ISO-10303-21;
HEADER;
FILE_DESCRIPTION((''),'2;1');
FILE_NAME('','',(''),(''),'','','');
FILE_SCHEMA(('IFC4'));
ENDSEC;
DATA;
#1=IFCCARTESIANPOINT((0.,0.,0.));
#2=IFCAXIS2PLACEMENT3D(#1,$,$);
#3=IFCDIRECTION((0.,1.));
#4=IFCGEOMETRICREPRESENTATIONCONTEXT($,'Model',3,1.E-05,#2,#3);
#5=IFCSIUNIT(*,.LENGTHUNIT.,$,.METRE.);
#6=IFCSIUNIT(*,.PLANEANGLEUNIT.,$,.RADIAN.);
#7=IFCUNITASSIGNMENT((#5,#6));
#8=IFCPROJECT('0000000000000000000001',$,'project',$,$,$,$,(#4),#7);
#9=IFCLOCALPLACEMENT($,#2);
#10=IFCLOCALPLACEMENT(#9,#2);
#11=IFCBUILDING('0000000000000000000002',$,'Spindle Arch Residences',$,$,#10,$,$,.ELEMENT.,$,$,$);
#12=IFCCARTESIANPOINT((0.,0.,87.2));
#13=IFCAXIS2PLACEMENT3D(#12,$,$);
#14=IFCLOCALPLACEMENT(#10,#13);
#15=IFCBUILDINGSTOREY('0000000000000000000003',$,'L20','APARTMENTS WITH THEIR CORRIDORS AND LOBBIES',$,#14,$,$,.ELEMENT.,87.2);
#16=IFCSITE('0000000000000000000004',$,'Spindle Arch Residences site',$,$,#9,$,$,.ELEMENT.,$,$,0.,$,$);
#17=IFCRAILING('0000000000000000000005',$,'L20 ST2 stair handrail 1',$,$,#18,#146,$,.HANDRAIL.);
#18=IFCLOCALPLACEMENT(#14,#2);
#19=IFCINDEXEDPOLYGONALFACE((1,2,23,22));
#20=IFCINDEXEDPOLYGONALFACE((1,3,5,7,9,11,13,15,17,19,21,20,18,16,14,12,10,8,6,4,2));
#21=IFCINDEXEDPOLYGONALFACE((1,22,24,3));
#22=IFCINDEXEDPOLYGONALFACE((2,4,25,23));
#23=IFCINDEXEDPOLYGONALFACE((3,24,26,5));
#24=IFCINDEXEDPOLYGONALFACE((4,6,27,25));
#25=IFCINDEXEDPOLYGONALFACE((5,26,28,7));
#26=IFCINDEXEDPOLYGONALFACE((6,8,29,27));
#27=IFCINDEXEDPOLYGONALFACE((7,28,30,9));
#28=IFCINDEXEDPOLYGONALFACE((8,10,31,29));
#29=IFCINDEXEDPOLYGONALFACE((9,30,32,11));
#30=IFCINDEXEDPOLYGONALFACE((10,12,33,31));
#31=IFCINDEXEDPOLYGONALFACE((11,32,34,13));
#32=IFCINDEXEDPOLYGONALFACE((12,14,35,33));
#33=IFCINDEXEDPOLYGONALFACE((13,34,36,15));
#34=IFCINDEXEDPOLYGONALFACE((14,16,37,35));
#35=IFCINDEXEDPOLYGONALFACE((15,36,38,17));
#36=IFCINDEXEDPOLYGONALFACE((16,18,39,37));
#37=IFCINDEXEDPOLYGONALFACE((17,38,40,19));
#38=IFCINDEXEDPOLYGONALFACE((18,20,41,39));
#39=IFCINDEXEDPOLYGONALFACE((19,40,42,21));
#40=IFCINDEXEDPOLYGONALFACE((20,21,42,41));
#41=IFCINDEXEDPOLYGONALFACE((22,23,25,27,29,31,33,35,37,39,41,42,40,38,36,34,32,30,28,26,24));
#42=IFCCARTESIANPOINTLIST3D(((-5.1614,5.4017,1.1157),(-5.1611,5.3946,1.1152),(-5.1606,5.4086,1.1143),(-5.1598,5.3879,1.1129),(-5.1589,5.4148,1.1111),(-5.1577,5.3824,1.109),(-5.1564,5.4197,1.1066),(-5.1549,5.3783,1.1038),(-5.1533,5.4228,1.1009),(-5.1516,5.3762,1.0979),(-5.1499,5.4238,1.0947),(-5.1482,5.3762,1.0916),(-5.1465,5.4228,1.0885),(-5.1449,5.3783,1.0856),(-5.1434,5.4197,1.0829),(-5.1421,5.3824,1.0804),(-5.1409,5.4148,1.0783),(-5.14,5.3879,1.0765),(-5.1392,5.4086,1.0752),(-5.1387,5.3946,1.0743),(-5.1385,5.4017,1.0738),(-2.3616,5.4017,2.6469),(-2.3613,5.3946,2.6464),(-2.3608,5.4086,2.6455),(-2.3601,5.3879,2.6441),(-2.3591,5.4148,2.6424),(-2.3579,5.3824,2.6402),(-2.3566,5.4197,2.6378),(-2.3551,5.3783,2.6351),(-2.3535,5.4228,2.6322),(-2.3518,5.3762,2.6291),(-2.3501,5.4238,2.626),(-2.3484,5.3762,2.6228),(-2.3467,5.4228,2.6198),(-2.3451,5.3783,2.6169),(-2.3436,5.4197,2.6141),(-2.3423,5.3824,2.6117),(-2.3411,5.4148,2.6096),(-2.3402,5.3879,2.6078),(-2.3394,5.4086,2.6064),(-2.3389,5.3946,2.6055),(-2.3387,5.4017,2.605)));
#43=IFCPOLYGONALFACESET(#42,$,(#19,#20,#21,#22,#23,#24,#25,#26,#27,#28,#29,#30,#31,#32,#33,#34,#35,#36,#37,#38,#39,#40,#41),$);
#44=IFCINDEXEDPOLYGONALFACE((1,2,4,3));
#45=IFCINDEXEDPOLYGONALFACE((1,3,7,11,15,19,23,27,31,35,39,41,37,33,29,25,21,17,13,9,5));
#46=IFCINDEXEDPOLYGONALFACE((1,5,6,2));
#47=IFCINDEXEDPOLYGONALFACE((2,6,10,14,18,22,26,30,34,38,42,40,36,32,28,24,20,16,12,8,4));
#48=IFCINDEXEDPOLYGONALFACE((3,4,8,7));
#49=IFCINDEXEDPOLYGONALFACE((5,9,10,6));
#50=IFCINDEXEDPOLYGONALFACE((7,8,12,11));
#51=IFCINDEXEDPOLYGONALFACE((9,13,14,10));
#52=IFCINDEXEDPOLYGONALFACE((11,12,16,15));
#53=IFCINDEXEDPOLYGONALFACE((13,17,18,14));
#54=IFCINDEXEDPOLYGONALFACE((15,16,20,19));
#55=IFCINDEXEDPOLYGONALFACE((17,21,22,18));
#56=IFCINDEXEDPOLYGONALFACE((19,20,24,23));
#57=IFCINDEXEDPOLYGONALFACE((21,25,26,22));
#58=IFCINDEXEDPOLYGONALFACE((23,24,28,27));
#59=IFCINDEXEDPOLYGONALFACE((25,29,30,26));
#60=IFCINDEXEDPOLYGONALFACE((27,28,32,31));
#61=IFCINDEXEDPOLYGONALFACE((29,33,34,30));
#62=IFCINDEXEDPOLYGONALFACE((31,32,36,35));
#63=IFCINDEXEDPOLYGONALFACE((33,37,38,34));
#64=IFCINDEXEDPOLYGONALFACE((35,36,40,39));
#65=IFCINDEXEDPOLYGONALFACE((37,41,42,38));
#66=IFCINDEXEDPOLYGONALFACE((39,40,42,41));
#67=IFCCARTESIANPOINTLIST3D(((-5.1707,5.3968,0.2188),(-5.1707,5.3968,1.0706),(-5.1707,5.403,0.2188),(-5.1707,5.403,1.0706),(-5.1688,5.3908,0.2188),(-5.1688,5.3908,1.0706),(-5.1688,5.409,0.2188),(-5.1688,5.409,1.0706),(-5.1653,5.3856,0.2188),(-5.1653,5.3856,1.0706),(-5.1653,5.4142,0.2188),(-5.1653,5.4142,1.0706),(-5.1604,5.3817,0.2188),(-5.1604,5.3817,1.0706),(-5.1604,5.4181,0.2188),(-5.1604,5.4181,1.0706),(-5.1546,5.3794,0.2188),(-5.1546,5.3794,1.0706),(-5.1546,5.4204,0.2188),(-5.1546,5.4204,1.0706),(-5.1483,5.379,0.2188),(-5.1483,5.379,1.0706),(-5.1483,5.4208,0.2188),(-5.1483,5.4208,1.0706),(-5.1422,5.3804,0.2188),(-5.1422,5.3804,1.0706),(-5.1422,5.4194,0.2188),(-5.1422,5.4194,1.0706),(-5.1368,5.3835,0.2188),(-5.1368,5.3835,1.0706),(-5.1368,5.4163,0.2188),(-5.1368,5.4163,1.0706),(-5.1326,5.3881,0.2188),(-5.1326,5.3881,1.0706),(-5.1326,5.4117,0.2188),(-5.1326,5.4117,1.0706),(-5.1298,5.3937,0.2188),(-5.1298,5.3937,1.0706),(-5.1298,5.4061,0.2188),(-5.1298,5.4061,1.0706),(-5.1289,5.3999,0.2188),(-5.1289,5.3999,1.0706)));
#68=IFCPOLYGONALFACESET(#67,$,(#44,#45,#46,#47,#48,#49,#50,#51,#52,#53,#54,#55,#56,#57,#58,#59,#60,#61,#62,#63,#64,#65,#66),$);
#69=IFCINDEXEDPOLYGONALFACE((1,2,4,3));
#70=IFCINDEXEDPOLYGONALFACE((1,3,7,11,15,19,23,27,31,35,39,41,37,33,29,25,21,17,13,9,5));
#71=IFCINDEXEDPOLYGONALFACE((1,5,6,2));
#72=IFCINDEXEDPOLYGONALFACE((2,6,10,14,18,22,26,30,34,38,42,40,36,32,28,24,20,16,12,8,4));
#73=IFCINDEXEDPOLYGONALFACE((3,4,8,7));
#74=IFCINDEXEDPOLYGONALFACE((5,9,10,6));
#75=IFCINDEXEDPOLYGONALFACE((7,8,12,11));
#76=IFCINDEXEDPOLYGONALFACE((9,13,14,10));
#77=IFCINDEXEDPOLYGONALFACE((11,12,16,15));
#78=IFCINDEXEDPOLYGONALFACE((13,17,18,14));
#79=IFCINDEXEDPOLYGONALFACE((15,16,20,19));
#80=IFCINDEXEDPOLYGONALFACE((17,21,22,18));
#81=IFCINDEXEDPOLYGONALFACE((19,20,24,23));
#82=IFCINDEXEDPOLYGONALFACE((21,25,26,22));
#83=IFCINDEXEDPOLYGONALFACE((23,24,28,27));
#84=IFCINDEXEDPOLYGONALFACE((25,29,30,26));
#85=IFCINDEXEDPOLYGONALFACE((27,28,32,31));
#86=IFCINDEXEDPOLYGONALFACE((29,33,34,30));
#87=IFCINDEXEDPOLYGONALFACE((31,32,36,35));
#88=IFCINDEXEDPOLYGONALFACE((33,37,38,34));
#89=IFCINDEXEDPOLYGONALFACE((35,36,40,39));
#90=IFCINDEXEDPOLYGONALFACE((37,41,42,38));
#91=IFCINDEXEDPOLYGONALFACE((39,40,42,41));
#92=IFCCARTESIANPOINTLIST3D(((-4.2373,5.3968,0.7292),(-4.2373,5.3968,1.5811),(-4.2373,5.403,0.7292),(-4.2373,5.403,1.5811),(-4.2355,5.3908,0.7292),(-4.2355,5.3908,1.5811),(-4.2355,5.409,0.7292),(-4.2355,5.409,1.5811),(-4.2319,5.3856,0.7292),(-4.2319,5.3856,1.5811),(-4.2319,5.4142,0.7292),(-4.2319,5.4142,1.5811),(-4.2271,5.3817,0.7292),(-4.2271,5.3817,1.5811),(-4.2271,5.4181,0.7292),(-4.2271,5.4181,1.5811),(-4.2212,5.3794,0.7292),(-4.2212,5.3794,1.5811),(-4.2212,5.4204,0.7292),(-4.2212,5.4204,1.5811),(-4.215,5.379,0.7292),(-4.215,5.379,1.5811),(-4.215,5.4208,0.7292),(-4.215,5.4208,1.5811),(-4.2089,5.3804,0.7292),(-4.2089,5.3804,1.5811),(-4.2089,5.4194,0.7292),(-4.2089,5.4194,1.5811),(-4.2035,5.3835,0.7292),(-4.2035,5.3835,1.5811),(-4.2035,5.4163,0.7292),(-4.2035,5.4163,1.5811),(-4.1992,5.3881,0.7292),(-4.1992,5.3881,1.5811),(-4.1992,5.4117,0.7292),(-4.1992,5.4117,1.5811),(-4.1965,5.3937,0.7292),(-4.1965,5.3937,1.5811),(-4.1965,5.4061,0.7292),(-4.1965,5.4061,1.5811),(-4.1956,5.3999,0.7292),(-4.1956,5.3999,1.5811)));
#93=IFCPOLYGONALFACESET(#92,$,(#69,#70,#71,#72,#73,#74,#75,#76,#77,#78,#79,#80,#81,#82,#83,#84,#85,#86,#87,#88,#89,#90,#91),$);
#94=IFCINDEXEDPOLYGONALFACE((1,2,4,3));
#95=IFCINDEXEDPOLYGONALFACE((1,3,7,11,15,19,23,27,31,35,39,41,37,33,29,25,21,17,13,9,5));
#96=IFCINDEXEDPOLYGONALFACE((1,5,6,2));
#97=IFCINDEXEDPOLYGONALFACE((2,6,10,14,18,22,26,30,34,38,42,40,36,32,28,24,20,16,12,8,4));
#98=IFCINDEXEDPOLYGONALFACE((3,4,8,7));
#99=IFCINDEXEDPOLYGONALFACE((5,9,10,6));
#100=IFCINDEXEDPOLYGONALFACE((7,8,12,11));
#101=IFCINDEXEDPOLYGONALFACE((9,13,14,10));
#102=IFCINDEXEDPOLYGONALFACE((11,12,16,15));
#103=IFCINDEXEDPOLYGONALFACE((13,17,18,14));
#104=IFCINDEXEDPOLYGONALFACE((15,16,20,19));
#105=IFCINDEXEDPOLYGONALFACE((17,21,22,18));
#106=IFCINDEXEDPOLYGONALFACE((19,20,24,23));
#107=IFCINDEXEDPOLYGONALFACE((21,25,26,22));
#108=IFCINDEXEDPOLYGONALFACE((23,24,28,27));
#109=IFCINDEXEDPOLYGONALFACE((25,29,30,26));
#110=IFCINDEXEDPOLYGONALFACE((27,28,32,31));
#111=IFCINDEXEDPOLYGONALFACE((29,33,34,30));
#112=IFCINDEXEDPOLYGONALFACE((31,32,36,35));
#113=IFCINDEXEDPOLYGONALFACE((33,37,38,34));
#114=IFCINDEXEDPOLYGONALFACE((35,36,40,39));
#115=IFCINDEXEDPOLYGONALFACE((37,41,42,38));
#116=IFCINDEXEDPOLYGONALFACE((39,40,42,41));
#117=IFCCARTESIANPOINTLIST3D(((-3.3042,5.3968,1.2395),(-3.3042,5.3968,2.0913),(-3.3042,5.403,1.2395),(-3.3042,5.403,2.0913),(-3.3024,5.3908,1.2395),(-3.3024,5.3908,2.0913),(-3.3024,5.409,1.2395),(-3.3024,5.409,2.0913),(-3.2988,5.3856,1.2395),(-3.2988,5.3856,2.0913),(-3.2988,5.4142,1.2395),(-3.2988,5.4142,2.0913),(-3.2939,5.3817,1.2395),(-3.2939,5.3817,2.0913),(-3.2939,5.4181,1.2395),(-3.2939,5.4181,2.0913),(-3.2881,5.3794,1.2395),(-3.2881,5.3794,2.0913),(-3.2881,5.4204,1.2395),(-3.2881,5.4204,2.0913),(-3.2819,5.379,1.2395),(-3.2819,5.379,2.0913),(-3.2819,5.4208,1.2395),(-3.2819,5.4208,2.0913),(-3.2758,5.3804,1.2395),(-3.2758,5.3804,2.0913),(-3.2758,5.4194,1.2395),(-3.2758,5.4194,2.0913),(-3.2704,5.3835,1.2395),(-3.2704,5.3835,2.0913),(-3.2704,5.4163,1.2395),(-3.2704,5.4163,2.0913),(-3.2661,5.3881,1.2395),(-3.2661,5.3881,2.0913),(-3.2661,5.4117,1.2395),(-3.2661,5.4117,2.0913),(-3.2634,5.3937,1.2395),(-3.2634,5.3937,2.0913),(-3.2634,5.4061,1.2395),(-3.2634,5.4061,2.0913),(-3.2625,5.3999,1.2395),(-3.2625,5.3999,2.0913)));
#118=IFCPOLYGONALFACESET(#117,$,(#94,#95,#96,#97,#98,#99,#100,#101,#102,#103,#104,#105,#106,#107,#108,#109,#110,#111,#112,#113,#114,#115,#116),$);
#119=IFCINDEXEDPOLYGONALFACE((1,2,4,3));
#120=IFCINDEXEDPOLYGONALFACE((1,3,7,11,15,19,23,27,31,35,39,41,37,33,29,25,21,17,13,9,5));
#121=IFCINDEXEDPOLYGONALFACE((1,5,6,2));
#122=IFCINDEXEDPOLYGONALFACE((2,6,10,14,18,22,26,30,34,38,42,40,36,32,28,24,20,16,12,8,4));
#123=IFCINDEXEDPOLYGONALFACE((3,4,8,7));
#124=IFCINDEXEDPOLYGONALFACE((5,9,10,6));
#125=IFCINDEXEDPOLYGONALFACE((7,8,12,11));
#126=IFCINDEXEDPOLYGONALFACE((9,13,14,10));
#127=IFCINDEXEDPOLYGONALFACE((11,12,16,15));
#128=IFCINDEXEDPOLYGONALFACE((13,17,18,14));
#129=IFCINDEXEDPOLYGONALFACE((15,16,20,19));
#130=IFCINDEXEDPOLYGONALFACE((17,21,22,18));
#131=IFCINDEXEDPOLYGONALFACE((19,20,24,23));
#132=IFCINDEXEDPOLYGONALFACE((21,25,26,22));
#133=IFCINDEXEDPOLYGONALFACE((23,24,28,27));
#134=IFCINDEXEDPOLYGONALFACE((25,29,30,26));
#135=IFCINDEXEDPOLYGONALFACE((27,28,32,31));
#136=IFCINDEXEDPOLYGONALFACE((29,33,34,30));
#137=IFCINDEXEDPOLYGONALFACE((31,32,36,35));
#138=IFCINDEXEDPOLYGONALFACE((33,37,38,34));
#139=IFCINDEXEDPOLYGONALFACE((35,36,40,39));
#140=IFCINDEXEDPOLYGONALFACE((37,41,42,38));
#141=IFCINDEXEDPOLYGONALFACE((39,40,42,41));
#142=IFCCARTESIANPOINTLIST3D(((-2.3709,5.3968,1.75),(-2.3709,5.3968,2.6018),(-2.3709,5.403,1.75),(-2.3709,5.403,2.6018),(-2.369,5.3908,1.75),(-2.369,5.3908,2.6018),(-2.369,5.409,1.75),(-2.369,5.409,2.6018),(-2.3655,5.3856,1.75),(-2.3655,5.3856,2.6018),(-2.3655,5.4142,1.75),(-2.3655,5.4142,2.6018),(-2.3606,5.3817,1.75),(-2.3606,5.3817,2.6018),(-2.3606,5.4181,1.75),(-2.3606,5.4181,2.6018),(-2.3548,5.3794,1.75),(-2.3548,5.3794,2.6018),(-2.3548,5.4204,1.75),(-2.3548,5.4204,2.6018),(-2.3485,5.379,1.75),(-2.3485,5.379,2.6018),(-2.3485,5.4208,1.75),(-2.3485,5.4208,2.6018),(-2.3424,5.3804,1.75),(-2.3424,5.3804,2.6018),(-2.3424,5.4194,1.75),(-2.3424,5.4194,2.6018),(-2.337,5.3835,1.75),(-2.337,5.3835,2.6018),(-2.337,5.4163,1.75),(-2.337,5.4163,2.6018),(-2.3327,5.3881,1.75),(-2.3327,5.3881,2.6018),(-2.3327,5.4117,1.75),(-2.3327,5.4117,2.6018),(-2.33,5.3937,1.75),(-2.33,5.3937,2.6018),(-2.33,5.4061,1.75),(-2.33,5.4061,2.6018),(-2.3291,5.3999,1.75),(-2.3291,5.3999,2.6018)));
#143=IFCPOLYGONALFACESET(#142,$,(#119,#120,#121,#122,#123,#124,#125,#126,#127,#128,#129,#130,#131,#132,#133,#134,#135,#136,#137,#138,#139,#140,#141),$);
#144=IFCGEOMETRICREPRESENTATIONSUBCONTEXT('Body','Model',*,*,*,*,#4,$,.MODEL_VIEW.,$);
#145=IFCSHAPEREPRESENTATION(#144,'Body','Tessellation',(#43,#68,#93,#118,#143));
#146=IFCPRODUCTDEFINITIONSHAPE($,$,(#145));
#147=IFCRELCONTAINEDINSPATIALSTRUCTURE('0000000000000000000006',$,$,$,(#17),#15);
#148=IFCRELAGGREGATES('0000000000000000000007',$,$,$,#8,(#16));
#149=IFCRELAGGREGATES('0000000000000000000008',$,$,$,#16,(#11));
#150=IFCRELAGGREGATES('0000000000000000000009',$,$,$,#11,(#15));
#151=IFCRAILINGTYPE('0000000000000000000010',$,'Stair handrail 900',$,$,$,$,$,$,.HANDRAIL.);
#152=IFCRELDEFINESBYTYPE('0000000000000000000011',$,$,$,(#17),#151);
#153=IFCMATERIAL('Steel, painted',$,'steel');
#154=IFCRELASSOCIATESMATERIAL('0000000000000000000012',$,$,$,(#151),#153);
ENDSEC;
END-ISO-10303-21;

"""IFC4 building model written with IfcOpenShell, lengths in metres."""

from ifc_helpers import new_model, si_unit, direction, frame, origin, origin_2d, place, context, subcontext, project, spatial, circle, extrude, material, type_object, element, save


model = new_model("IFC4")

# Units and contexts
model_context = context("Model", 3, precision=1e-05, world=origin(), true_north=direction((0.0, 1.0)))
body_context = subcontext(model_context, "Body", "Model", "MODEL_VIEW")
ifc_project = project(units=[si_unit("LENGTHUNIT", "METRE"), si_unit("PLANEANGLEUNIT", "RADIAN")], contexts=[model_context])

# Site, building, storey
site_placement = place(None, origin())
site = spatial("IfcSite", under=ifc_project, at=site_placement, Name="Spindle Arch Residences site", CompositionType="ELEMENT", RefElevation=0.0)
building_placement = place(site_placement, origin())
building = spatial("IfcBuilding", under=site, at=building_placement, Name="Spindle Arch Residences", CompositionType="ELEMENT")
storey_placement = place(building_placement, frame((0.0, 0.0, 87.2)))
storey = spatial("IfcBuildingStorey", under=building, at=storey_placement, Name="L20", Description="APARTMENTS WITH THEIR CORRIDORS AND LOBBIES", CompositionType="ELEMENT", Elevation=87.2)

# Railing
ifc_material_1 = material(Name="Steel, painted", Category="steel")
railing_type_1 = type_object("IfcRailingType", Name="Stair handrail 900", PredefinedType="HANDRAIL", material=ifc_material_1)
railing_1_placement = place(storey_placement, frame((-5.1499, 5.3999, 0.2188)))
element("IfcRailing", 1, at=railing_1_placement, inside=storey, type_object=railing_type_1, Name="L20 ST2 stair handrail 1", PredefinedType="HANDRAIL", context=body_context, shape_type="SweptSolid", body=[
    extrude(circle(Radius=0.0239, at=origin_2d()), frame((0.0, 0.0, 0.876), z_axis=(0.877357, 0.0, 0.479838), x_axis=(0.0, 1.0, 0.0)), (0.0, 0.0, 1.0), 3.1912),
    extrude(circle(Radius=0.021, at=origin_2d()), origin(), (0.0, 0.0, 1.0), 0.8518),
    extrude(circle(Radius=0.021, at=origin_2d()), frame((0.9333, 0.0, 0.5105)), (0.0, 0.0, 1.0), 0.8518),
    extrude(circle(Radius=0.021, at=origin_2d()), frame((1.8665, 0.0, 1.0208)), (0.0, 0.0, 1.0), 0.8518),
    extrude(circle(Radius=0.021, at=origin_2d()), frame((2.7998, 0.0, 1.5312)), (0.0, 0.0, 1.0), 0.8518),
])

save(model, "model.ifc")
